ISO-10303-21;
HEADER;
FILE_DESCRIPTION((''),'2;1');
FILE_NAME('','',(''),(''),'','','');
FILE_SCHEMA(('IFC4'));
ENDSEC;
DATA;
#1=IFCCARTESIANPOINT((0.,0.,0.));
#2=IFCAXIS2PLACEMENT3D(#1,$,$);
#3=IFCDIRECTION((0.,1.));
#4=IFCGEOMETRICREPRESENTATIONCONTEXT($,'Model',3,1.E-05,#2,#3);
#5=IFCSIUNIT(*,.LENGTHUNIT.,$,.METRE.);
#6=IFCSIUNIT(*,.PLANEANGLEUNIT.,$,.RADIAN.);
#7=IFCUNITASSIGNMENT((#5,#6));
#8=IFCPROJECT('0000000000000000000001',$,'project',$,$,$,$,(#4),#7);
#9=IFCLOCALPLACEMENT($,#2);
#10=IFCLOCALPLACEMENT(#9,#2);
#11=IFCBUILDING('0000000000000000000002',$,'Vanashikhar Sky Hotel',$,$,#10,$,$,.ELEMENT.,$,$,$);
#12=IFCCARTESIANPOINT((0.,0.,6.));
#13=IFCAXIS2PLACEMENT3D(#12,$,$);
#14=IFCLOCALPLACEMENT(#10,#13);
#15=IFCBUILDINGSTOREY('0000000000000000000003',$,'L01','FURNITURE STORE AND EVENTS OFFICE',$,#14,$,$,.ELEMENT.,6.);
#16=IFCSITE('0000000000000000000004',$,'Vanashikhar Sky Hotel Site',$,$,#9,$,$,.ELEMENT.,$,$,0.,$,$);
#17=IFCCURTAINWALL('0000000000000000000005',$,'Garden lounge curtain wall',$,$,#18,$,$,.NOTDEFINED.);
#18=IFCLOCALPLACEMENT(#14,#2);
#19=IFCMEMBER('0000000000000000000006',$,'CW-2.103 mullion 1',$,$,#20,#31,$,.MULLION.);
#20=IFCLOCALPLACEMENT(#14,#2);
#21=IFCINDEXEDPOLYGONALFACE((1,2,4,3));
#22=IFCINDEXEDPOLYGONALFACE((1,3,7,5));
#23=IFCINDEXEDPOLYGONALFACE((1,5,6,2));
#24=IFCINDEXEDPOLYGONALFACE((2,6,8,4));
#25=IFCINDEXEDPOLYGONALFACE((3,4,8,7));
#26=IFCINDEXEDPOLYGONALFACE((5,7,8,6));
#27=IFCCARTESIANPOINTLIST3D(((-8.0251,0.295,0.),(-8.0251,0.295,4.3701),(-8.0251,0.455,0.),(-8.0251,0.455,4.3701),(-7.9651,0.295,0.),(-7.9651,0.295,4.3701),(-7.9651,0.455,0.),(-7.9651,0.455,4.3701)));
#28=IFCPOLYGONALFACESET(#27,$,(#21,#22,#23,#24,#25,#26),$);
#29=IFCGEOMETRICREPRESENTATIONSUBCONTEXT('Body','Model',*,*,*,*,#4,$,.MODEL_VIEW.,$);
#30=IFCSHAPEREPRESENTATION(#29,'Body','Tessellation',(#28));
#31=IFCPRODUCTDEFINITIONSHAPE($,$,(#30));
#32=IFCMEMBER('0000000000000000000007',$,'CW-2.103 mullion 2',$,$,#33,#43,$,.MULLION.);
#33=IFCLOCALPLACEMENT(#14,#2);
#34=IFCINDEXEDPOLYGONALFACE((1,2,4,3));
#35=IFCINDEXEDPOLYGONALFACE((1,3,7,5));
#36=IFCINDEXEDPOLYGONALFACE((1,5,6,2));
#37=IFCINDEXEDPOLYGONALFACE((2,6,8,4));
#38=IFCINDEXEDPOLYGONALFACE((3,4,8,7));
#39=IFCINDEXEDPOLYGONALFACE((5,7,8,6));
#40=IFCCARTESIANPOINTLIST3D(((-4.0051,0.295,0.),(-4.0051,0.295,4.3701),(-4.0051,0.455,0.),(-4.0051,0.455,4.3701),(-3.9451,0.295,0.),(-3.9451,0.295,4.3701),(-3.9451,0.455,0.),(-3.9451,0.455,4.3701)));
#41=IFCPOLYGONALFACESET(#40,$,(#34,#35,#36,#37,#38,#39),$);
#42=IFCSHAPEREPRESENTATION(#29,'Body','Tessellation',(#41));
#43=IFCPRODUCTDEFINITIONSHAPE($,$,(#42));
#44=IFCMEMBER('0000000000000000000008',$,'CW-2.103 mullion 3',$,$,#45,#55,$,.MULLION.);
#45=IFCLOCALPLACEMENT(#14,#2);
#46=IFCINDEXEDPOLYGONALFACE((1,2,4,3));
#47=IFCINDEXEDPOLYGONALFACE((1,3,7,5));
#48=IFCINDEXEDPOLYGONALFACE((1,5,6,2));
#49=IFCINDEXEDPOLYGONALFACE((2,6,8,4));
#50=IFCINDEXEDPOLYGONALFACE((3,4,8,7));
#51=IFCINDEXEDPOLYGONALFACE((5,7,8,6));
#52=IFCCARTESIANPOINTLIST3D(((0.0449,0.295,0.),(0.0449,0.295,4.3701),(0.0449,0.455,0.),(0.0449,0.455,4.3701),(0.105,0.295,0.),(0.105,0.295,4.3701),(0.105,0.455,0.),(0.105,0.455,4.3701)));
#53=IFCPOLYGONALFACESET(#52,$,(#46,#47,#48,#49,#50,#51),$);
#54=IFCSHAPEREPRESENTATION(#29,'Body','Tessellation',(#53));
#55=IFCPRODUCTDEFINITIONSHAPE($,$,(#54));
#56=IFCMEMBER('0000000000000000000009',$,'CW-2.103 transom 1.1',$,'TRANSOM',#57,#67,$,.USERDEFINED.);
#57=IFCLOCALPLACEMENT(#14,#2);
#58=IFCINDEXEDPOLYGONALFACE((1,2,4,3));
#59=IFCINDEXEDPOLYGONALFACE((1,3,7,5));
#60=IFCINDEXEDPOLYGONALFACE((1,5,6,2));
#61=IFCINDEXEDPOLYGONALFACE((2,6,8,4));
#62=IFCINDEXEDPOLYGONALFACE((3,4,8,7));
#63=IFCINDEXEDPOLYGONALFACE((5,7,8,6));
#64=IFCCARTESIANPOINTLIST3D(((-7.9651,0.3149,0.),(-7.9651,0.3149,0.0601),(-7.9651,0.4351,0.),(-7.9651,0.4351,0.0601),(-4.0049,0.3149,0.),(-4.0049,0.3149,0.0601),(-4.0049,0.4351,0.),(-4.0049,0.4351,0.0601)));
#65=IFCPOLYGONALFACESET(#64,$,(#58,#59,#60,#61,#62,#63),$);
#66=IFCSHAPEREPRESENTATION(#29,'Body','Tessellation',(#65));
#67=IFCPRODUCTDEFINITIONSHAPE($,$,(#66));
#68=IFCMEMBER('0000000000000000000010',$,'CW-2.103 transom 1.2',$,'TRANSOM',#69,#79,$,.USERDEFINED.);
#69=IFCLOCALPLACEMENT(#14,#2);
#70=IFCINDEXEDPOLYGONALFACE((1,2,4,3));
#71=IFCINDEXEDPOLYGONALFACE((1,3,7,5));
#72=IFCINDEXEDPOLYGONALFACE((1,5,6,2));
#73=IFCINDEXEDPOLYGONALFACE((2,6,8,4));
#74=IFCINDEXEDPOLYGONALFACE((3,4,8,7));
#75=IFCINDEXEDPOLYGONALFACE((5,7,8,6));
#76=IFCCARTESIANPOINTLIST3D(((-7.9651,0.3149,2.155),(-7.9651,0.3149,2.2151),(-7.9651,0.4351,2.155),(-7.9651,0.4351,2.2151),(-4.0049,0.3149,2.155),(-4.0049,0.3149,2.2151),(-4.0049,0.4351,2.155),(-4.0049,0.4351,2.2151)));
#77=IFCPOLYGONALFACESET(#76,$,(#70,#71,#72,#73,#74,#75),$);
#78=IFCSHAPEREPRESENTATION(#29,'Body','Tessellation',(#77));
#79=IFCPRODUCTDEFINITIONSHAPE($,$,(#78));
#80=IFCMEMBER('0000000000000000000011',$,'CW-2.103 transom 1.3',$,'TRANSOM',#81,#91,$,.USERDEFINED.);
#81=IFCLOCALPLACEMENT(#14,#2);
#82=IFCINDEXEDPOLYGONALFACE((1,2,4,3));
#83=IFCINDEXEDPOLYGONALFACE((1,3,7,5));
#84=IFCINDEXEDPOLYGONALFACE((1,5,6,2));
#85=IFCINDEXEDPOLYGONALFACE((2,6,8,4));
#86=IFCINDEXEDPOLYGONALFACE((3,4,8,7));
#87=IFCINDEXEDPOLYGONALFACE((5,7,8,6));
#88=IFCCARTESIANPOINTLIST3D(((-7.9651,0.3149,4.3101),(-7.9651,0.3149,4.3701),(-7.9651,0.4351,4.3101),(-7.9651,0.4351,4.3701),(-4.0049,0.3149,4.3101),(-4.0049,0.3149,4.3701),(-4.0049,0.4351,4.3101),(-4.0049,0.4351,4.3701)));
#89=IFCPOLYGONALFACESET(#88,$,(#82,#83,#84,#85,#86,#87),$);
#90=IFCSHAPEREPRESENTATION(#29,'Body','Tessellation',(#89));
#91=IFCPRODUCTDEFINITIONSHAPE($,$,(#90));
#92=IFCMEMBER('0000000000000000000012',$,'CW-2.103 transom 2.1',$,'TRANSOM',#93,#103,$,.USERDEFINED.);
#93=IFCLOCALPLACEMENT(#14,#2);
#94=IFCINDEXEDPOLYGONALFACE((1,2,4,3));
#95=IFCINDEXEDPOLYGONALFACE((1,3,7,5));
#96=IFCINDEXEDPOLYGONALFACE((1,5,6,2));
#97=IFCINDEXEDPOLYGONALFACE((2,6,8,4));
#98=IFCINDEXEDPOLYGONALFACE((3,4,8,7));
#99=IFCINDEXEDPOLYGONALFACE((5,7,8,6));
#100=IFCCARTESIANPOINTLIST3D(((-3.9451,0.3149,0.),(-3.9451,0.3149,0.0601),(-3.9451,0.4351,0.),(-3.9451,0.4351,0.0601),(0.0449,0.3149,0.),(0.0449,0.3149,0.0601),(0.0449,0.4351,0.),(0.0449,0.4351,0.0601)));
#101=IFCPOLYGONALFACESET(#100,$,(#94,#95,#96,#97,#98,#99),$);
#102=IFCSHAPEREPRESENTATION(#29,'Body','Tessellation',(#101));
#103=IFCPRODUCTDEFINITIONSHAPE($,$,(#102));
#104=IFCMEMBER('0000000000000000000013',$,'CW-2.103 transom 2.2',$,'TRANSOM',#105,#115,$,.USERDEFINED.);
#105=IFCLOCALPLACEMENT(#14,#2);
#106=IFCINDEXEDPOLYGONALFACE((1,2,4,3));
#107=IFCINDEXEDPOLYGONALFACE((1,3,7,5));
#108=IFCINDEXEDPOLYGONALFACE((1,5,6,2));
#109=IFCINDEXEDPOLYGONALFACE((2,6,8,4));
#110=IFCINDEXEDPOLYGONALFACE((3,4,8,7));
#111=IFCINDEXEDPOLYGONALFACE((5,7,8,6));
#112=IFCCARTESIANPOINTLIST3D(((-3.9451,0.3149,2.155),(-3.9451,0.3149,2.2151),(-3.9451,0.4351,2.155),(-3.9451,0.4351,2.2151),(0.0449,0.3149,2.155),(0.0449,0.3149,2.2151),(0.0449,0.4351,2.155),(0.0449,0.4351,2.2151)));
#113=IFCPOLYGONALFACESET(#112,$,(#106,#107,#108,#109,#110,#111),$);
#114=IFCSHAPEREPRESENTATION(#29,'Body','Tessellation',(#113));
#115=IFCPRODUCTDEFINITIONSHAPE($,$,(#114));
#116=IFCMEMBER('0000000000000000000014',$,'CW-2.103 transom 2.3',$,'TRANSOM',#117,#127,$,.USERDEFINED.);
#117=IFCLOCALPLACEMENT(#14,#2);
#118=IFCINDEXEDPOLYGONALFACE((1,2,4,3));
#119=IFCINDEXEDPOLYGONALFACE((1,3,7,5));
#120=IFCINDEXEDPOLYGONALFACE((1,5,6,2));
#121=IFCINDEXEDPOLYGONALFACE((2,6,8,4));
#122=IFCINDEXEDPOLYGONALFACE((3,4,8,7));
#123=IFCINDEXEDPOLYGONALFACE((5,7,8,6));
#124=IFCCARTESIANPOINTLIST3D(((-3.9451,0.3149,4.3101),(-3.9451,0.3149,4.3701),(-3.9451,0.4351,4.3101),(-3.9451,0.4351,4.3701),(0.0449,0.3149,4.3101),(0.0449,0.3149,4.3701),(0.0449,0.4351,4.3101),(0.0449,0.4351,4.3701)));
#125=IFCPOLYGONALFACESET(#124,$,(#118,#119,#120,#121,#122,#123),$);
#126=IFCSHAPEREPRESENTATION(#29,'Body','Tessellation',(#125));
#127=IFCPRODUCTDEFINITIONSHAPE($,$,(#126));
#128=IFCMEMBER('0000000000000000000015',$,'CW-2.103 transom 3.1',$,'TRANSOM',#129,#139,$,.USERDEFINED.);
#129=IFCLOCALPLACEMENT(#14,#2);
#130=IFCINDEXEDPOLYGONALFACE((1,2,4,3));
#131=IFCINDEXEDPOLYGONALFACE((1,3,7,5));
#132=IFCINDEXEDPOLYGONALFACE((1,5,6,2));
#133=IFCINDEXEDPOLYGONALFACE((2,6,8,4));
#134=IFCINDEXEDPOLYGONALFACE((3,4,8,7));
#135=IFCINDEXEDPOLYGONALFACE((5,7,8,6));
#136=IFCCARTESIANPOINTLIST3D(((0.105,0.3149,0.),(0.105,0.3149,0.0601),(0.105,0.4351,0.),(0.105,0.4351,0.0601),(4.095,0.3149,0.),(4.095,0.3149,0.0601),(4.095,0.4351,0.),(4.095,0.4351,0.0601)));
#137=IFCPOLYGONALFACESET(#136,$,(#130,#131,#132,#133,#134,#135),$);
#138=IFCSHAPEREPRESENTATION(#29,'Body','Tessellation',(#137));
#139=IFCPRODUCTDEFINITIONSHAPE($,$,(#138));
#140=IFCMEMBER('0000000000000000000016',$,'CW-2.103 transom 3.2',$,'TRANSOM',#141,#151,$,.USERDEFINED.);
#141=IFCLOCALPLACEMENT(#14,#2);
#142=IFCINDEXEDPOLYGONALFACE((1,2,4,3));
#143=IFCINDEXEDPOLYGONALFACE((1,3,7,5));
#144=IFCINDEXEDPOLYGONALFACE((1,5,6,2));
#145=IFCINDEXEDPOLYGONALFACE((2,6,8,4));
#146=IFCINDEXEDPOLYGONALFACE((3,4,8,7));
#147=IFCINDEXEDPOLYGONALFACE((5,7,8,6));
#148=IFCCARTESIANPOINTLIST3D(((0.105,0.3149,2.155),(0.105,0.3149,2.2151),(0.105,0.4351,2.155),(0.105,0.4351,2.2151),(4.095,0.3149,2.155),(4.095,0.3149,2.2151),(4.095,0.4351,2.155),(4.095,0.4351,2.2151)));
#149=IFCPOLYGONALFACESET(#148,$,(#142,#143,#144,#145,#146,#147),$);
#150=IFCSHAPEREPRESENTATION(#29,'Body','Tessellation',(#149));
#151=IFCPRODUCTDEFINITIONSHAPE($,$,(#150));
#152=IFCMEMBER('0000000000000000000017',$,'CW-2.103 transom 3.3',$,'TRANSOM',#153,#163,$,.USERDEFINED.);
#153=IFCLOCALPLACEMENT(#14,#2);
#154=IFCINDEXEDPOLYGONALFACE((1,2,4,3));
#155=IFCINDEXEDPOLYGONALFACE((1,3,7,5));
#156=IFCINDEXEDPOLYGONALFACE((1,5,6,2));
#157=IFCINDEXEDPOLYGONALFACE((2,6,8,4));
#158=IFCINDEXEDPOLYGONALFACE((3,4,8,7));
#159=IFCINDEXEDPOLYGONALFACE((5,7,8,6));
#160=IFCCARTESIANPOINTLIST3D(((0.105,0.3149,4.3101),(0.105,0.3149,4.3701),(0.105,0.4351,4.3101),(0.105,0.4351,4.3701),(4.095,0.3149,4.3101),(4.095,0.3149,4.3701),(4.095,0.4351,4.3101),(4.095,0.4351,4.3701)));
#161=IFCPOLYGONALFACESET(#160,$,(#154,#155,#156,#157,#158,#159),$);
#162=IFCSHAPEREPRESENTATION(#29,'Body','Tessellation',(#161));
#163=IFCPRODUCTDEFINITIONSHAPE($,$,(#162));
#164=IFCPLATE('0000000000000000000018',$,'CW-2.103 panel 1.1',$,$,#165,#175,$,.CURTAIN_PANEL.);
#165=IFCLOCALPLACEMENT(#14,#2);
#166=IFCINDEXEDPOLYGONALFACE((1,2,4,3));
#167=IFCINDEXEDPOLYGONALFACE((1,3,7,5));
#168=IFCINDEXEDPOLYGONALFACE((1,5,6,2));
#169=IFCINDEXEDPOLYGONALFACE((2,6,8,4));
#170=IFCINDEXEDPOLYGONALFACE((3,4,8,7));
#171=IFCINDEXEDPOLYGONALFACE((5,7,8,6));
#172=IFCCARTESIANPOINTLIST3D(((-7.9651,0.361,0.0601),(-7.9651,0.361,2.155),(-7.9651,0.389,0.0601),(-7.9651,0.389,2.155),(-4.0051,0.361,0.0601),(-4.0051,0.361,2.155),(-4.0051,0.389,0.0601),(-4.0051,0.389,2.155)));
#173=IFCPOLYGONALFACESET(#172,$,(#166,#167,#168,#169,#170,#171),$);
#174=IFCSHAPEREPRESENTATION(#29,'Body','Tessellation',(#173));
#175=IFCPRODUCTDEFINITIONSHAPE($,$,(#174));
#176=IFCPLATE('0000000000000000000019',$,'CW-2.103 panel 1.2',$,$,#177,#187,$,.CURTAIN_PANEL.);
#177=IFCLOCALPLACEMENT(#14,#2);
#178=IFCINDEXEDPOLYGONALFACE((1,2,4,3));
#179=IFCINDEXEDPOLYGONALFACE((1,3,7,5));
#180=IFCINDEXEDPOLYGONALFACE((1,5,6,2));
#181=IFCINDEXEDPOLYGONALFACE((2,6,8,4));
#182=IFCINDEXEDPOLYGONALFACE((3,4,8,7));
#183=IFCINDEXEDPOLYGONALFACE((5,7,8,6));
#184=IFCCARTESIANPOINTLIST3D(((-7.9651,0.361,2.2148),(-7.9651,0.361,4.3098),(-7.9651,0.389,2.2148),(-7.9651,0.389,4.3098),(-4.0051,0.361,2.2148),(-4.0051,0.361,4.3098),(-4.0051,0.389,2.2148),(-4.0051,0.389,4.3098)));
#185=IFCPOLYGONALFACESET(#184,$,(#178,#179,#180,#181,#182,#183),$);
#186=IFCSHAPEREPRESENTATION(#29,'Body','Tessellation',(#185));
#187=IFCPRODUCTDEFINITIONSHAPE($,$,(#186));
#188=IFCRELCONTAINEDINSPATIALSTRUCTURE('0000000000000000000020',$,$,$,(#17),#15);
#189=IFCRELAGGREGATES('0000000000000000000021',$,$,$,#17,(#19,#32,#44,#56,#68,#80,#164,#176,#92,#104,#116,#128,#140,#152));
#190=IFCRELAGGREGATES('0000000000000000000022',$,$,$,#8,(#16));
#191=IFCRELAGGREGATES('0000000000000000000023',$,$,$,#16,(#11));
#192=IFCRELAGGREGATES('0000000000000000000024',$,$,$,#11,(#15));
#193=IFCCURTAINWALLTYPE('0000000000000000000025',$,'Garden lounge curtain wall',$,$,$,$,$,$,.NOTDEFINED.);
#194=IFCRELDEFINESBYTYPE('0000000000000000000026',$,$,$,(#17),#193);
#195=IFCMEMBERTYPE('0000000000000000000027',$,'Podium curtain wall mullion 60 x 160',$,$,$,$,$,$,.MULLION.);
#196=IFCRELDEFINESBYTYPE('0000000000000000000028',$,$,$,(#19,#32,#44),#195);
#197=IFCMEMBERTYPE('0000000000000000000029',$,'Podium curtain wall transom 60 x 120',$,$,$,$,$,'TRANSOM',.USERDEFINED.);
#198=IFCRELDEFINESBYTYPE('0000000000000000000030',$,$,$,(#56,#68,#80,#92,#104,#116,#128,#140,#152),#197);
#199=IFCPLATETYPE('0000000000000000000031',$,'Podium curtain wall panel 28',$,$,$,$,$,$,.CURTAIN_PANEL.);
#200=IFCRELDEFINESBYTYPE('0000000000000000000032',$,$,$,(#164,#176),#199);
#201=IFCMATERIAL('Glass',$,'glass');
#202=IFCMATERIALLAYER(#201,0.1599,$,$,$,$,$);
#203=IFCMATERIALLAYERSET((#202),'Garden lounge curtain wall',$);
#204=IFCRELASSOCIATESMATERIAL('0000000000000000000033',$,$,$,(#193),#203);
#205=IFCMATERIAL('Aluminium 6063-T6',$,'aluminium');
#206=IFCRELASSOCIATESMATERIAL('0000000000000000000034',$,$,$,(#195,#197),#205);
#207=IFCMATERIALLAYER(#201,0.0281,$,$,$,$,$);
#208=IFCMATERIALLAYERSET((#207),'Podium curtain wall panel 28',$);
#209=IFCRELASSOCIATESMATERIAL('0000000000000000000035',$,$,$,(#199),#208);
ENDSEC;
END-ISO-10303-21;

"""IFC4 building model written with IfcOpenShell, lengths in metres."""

from ifc_helpers import new_model, si_unit, direction, frame, origin, origin_2d, place, context, subcontext, project, spatial, rectangle, extrude, source, transform, mapped, material, layer, layer_set, material_profile, profile_set, type_object, element, aggregate, save


model = new_model("IFC4")

# Units and contexts
model_context = context("Model", 3, precision=1e-05, world=origin(), true_north=direction((0.0, 1.0)))
body_context = subcontext(model_context, "Body", "Model", "MODEL_VIEW")
ifc_project = project(units=[si_unit("LENGTHUNIT", "METRE"), si_unit("PLANEANGLEUNIT", "RADIAN")], contexts=[model_context])

# Site, building, storey
site_placement = place(None, origin())
site = spatial("IfcSite", under=ifc_project, at=site_placement, Name="Vanashikhar Sky Hotel Site", CompositionType="ELEMENT", RefElevation=0.0)
building_placement = place(site_placement, origin())
building = spatial("IfcBuilding", under=site, at=building_placement, Name="Vanashikhar Sky Hotel", CompositionType="ELEMENT")
storey_placement = place(building_placement, frame((0.0, 0.0, 6.0)))
storey = spatial("IfcBuildingStorey", under=building, at=storey_placement, Name="L01", Description="FURNITURE STORE AND EVENTS OFFICE", CompositionType="ELEMENT", Elevation=6.0)

# Curtain wall, members, plates
ifc_material_1 = material(Name="Glass", Category="glass")
ifc_layer_1 = layer(ifc_material_1, 0.1599)
ifc_layer_set_1 = layer_set([ifc_layer_1], Name="Garden lounge curtain wall")
curtain_wall_type = type_object("IfcCurtainWallType", Name="Garden lounge curtain wall", PredefinedType="NOTDEFINED", material=ifc_layer_set_1)
curtain_wall_placement = place(storey_placement, origin())
curtain_wall = element("IfcCurtainWall", 1, at=curtain_wall_placement, inside=storey, type_object=curtain_wall_type, Name="Garden lounge curtain wall", PredefinedType="NOTDEFINED")
ifc_material_2 = material(Name="Aluminium 6063-T6", Category="aluminium")
ifc_material_profile_1 = material_profile(ifc_material_2, rectangle(XDim=0.1599, YDim=0.0601, at=origin_2d()))
ifc_profile_set_1 = profile_set([ifc_material_profile_1], Name="Aluminium 6063-T6")
member_type_1 = type_object("IfcMemberType", Name="Podium curtain wall mullion 60 x 160", PredefinedType="MULLION", material=ifc_profile_set_1)
shared_shape_1 = source(origin(), body_context, "Body", "SweptSolid", [
    extrude(rectangle(XDim=0.1599, YDim=0.0601, at=origin_2d()), origin(), (0.0, 0.0, 1.0), 4.3701),
])
member_1_placement = place(storey_placement, frame((-7.9951, 0.375, 0.0), z_axis=(0.0, 0.0, 1.0), x_axis=(0.0, 1.0, 0.0)))
member_1 = element("IfcMember", 2, at=member_1_placement, type_object=member_type_1, Name="CW-2.103 mullion 1", PredefinedType="MULLION", context=body_context, shape_type="MappedRepresentation", body=[
    mapped(shared_shape_1, transform((0.0, 0.0, 0.0), scale=1.0)),
])
member_2_placement = place(storey_placement, frame((-3.9751, 0.375, 0.0), z_axis=(0.0, 0.0, 1.0), x_axis=(0.0, 1.0, 0.0)))
member_2 = element("IfcMember", 3, at=member_2_placement, type_object=member_type_1, Name="CW-2.103 mullion 2", PredefinedType="MULLION", context=body_context, shape_type="MappedRepresentation", body=[
    mapped(shared_shape_1, transform((0.0, 0.0, 0.0), scale=1.0)),
])
member_3_placement = place(storey_placement, frame((0.075, 0.375, 0.0), z_axis=(0.0, 0.0, 1.0), x_axis=(0.0, 1.0, 0.0)))
member_3 = element("IfcMember", 4, at=member_3_placement, type_object=member_type_1, Name="CW-2.103 mullion 3", PredefinedType="MULLION", context=body_context, shape_type="MappedRepresentation", body=[
    mapped(shared_shape_1, transform((0.0, 0.0, 0.0), scale=1.0)),
])
ifc_material_profile_2 = material_profile(ifc_material_2, rectangle(XDim=0.1201, YDim=0.0601, at=origin_2d()))
ifc_profile_set_2 = profile_set([ifc_material_profile_2], Name="Aluminium 6063-T6")
member_type_2 = type_object("IfcMemberType", Name="Podium curtain wall transom 60 x 120", ElementType="TRANSOM", PredefinedType="USERDEFINED", material=ifc_profile_set_2)
shared_shape_2 = source(origin(), body_context, "Body", "SweptSolid", [
    extrude(rectangle(XDim=0.1201, YDim=0.0601, at=origin_2d()), origin(), (0.0, 0.0, 1.0), 3.9602),
])
member_4_placement = place(storey_placement, frame((-7.9651, 0.375, 0.03), z_axis=(1.0, 0.0, 0.0), x_axis=(0.0, 1.0, 0.0)))
member_4 = element("IfcMember", 5, at=member_4_placement, type_object=member_type_2, Name="CW-2.103 transom 1.1", ObjectType="TRANSOM", PredefinedType="USERDEFINED", context=body_context, shape_type="MappedRepresentation", body=[
    mapped(shared_shape_2, transform((0.0, 0.0, 0.0), scale=1.0)),
])
member_5_placement = place(storey_placement, frame((-7.9651, 0.375, 2.1851), z_axis=(1.0, 0.0, 0.0), x_axis=(0.0, 1.0, 0.0)))
member_5 = element("IfcMember", 6, at=member_5_placement, type_object=member_type_2, Name="CW-2.103 transom 1.2", ObjectType="TRANSOM", PredefinedType="USERDEFINED", context=body_context, shape_type="MappedRepresentation", body=[
    mapped(shared_shape_2, transform((0.0, 0.0, 0.0), scale=1.0)),
])
member_6_placement = place(storey_placement, frame((-7.9651, 0.375, 4.3401), z_axis=(1.0, 0.0, 0.0), x_axis=(0.0, 1.0, 0.0)))
member_6 = element("IfcMember", 7, at=member_6_placement, type_object=member_type_2, Name="CW-2.103 transom 1.3", ObjectType="TRANSOM", PredefinedType="USERDEFINED", context=body_context, shape_type="MappedRepresentation", body=[
    mapped(shared_shape_2, transform((0.0, 0.0, 0.0), scale=1.0)),
])
shared_shape_3 = source(origin(), body_context, "Body", "SweptSolid", [
    extrude(rectangle(XDim=0.1201, YDim=0.0601, at=origin_2d()), origin(), (0.0, 0.0, 1.0), 3.99),
])
member_7_placement = place(storey_placement, frame((-3.9451, 0.375, 0.03), z_axis=(1.0, 0.0, 0.0), x_axis=(0.0, 1.0, 0.0)))
member_7 = element("IfcMember", 8, at=member_7_placement, type_object=member_type_2, Name="CW-2.103 transom 2.1", ObjectType="TRANSOM", PredefinedType="USERDEFINED", context=body_context, shape_type="MappedRepresentation", body=[
    mapped(shared_shape_3, transform((0.0, 0.0, 0.0), scale=1.0)),
])
member_8_placement = place(storey_placement, frame((-3.9451, 0.375, 2.1851), z_axis=(1.0, 0.0, 0.0), x_axis=(0.0, 1.0, 0.0)))
member_8 = element("IfcMember", 9, at=member_8_placement, type_object=member_type_2, Name="CW-2.103 transom 2.2", ObjectType="TRANSOM", PredefinedType="USERDEFINED", context=body_context, shape_type="MappedRepresentation", body=[
    mapped(shared_shape_3, transform((0.0, 0.0, 0.0), scale=1.0)),
])
member_9_placement = place(storey_placement, frame((-3.9451, 0.375, 4.3401), z_axis=(1.0, 0.0, 0.0), x_axis=(0.0, 1.0, 0.0)))
member_9 = element("IfcMember", 10, at=member_9_placement, type_object=member_type_2, Name="CW-2.103 transom 2.3", ObjectType="TRANSOM", PredefinedType="USERDEFINED", context=body_context, shape_type="MappedRepresentation", body=[
    mapped(shared_shape_3, transform((0.0, 0.0, 0.0), scale=1.0)),
])
member_10_placement = place(storey_placement, frame((0.105, 0.375, 0.03), z_axis=(1.0, 0.0, 0.0), x_axis=(0.0, 1.0, 0.0)))
member_10 = element("IfcMember", 11, at=member_10_placement, type_object=member_type_2, Name="CW-2.103 transom 3.1", ObjectType="TRANSOM", PredefinedType="USERDEFINED", context=body_context, shape_type="MappedRepresentation", body=[
    mapped(shared_shape_3, transform((0.0, 0.0, 0.0), scale=1.0)),
])
member_11_placement = place(storey_placement, frame((0.105, 0.375, 2.1851), z_axis=(1.0, 0.0, 0.0), x_axis=(0.0, 1.0, 0.0)))
member_11 = element("IfcMember", 12, at=member_11_placement, type_object=member_type_2, Name="CW-2.103 transom 3.2", ObjectType="TRANSOM", PredefinedType="USERDEFINED", context=body_context, shape_type="MappedRepresentation", body=[
    mapped(shared_shape_3, transform((0.0, 0.0, 0.0), scale=1.0)),
])
member_12_placement = place(storey_placement, frame((0.105, 0.375, 4.3401), z_axis=(1.0, 0.0, 0.0), x_axis=(0.0, 1.0, 0.0)))
member_12 = element("IfcMember", 13, at=member_12_placement, type_object=member_type_2, Name="CW-2.103 transom 3.3", ObjectType="TRANSOM", PredefinedType="USERDEFINED", context=body_context, shape_type="MappedRepresentation", body=[
    mapped(shared_shape_3, transform((0.0, 0.0, 0.0), scale=1.0)),
])
ifc_layer_2 = layer(ifc_material_1, 0.0281)
ifc_layer_set_2 = layer_set([ifc_layer_2], Name="Podium curtain wall panel 28")
plate_type = type_object("IfcPlateType", Name="Podium curtain wall panel 28", PredefinedType="CURTAIN_PANEL", material=ifc_layer_set_2)
shared_shape_4 = source(origin(), body_context, "Body", "SweptSolid", [
    extrude(rectangle(XDim=3.96, YDim=0.0281, at=origin_2d()), origin(), (0.0, 0.0, 1.0), 2.095),
])
plate_1_placement = place(storey_placement, frame((-5.9851, 0.375, 0.0601), z_axis=(0.0, 0.0, 1.0), x_axis=(1.0, 0.0, 0.0)))
plate_1 = element("IfcPlate", 14, at=plate_1_placement, type_object=plate_type, Name="CW-2.103 panel 1.1", PredefinedType="CURTAIN_PANEL", context=body_context, shape_type="MappedRepresentation", body=[
    mapped(shared_shape_4, transform((0.0, 0.0, 0.0), scale=1.0)),
])
plate_2_placement = place(storey_placement, frame((-5.9851, 0.375, 2.2148), z_axis=(0.0, 0.0, 1.0), x_axis=(1.0, 0.0, 0.0)))
plate_2 = element("IfcPlate", 15, at=plate_2_placement, type_object=plate_type, Name="CW-2.103 panel 1.2", PredefinedType="CURTAIN_PANEL", context=body_context, shape_type="MappedRepresentation", body=[
    mapped(shared_shape_4, transform((0.0, 0.0, 0.0), scale=1.0)),
])
aggregate(curtain_wall, [member_1, member_2, member_3, member_4, member_5, member_6, plate_1, plate_2, member_7, member_8, member_9, member_10, member_11, member_12])

save(model, "model.ifc")
